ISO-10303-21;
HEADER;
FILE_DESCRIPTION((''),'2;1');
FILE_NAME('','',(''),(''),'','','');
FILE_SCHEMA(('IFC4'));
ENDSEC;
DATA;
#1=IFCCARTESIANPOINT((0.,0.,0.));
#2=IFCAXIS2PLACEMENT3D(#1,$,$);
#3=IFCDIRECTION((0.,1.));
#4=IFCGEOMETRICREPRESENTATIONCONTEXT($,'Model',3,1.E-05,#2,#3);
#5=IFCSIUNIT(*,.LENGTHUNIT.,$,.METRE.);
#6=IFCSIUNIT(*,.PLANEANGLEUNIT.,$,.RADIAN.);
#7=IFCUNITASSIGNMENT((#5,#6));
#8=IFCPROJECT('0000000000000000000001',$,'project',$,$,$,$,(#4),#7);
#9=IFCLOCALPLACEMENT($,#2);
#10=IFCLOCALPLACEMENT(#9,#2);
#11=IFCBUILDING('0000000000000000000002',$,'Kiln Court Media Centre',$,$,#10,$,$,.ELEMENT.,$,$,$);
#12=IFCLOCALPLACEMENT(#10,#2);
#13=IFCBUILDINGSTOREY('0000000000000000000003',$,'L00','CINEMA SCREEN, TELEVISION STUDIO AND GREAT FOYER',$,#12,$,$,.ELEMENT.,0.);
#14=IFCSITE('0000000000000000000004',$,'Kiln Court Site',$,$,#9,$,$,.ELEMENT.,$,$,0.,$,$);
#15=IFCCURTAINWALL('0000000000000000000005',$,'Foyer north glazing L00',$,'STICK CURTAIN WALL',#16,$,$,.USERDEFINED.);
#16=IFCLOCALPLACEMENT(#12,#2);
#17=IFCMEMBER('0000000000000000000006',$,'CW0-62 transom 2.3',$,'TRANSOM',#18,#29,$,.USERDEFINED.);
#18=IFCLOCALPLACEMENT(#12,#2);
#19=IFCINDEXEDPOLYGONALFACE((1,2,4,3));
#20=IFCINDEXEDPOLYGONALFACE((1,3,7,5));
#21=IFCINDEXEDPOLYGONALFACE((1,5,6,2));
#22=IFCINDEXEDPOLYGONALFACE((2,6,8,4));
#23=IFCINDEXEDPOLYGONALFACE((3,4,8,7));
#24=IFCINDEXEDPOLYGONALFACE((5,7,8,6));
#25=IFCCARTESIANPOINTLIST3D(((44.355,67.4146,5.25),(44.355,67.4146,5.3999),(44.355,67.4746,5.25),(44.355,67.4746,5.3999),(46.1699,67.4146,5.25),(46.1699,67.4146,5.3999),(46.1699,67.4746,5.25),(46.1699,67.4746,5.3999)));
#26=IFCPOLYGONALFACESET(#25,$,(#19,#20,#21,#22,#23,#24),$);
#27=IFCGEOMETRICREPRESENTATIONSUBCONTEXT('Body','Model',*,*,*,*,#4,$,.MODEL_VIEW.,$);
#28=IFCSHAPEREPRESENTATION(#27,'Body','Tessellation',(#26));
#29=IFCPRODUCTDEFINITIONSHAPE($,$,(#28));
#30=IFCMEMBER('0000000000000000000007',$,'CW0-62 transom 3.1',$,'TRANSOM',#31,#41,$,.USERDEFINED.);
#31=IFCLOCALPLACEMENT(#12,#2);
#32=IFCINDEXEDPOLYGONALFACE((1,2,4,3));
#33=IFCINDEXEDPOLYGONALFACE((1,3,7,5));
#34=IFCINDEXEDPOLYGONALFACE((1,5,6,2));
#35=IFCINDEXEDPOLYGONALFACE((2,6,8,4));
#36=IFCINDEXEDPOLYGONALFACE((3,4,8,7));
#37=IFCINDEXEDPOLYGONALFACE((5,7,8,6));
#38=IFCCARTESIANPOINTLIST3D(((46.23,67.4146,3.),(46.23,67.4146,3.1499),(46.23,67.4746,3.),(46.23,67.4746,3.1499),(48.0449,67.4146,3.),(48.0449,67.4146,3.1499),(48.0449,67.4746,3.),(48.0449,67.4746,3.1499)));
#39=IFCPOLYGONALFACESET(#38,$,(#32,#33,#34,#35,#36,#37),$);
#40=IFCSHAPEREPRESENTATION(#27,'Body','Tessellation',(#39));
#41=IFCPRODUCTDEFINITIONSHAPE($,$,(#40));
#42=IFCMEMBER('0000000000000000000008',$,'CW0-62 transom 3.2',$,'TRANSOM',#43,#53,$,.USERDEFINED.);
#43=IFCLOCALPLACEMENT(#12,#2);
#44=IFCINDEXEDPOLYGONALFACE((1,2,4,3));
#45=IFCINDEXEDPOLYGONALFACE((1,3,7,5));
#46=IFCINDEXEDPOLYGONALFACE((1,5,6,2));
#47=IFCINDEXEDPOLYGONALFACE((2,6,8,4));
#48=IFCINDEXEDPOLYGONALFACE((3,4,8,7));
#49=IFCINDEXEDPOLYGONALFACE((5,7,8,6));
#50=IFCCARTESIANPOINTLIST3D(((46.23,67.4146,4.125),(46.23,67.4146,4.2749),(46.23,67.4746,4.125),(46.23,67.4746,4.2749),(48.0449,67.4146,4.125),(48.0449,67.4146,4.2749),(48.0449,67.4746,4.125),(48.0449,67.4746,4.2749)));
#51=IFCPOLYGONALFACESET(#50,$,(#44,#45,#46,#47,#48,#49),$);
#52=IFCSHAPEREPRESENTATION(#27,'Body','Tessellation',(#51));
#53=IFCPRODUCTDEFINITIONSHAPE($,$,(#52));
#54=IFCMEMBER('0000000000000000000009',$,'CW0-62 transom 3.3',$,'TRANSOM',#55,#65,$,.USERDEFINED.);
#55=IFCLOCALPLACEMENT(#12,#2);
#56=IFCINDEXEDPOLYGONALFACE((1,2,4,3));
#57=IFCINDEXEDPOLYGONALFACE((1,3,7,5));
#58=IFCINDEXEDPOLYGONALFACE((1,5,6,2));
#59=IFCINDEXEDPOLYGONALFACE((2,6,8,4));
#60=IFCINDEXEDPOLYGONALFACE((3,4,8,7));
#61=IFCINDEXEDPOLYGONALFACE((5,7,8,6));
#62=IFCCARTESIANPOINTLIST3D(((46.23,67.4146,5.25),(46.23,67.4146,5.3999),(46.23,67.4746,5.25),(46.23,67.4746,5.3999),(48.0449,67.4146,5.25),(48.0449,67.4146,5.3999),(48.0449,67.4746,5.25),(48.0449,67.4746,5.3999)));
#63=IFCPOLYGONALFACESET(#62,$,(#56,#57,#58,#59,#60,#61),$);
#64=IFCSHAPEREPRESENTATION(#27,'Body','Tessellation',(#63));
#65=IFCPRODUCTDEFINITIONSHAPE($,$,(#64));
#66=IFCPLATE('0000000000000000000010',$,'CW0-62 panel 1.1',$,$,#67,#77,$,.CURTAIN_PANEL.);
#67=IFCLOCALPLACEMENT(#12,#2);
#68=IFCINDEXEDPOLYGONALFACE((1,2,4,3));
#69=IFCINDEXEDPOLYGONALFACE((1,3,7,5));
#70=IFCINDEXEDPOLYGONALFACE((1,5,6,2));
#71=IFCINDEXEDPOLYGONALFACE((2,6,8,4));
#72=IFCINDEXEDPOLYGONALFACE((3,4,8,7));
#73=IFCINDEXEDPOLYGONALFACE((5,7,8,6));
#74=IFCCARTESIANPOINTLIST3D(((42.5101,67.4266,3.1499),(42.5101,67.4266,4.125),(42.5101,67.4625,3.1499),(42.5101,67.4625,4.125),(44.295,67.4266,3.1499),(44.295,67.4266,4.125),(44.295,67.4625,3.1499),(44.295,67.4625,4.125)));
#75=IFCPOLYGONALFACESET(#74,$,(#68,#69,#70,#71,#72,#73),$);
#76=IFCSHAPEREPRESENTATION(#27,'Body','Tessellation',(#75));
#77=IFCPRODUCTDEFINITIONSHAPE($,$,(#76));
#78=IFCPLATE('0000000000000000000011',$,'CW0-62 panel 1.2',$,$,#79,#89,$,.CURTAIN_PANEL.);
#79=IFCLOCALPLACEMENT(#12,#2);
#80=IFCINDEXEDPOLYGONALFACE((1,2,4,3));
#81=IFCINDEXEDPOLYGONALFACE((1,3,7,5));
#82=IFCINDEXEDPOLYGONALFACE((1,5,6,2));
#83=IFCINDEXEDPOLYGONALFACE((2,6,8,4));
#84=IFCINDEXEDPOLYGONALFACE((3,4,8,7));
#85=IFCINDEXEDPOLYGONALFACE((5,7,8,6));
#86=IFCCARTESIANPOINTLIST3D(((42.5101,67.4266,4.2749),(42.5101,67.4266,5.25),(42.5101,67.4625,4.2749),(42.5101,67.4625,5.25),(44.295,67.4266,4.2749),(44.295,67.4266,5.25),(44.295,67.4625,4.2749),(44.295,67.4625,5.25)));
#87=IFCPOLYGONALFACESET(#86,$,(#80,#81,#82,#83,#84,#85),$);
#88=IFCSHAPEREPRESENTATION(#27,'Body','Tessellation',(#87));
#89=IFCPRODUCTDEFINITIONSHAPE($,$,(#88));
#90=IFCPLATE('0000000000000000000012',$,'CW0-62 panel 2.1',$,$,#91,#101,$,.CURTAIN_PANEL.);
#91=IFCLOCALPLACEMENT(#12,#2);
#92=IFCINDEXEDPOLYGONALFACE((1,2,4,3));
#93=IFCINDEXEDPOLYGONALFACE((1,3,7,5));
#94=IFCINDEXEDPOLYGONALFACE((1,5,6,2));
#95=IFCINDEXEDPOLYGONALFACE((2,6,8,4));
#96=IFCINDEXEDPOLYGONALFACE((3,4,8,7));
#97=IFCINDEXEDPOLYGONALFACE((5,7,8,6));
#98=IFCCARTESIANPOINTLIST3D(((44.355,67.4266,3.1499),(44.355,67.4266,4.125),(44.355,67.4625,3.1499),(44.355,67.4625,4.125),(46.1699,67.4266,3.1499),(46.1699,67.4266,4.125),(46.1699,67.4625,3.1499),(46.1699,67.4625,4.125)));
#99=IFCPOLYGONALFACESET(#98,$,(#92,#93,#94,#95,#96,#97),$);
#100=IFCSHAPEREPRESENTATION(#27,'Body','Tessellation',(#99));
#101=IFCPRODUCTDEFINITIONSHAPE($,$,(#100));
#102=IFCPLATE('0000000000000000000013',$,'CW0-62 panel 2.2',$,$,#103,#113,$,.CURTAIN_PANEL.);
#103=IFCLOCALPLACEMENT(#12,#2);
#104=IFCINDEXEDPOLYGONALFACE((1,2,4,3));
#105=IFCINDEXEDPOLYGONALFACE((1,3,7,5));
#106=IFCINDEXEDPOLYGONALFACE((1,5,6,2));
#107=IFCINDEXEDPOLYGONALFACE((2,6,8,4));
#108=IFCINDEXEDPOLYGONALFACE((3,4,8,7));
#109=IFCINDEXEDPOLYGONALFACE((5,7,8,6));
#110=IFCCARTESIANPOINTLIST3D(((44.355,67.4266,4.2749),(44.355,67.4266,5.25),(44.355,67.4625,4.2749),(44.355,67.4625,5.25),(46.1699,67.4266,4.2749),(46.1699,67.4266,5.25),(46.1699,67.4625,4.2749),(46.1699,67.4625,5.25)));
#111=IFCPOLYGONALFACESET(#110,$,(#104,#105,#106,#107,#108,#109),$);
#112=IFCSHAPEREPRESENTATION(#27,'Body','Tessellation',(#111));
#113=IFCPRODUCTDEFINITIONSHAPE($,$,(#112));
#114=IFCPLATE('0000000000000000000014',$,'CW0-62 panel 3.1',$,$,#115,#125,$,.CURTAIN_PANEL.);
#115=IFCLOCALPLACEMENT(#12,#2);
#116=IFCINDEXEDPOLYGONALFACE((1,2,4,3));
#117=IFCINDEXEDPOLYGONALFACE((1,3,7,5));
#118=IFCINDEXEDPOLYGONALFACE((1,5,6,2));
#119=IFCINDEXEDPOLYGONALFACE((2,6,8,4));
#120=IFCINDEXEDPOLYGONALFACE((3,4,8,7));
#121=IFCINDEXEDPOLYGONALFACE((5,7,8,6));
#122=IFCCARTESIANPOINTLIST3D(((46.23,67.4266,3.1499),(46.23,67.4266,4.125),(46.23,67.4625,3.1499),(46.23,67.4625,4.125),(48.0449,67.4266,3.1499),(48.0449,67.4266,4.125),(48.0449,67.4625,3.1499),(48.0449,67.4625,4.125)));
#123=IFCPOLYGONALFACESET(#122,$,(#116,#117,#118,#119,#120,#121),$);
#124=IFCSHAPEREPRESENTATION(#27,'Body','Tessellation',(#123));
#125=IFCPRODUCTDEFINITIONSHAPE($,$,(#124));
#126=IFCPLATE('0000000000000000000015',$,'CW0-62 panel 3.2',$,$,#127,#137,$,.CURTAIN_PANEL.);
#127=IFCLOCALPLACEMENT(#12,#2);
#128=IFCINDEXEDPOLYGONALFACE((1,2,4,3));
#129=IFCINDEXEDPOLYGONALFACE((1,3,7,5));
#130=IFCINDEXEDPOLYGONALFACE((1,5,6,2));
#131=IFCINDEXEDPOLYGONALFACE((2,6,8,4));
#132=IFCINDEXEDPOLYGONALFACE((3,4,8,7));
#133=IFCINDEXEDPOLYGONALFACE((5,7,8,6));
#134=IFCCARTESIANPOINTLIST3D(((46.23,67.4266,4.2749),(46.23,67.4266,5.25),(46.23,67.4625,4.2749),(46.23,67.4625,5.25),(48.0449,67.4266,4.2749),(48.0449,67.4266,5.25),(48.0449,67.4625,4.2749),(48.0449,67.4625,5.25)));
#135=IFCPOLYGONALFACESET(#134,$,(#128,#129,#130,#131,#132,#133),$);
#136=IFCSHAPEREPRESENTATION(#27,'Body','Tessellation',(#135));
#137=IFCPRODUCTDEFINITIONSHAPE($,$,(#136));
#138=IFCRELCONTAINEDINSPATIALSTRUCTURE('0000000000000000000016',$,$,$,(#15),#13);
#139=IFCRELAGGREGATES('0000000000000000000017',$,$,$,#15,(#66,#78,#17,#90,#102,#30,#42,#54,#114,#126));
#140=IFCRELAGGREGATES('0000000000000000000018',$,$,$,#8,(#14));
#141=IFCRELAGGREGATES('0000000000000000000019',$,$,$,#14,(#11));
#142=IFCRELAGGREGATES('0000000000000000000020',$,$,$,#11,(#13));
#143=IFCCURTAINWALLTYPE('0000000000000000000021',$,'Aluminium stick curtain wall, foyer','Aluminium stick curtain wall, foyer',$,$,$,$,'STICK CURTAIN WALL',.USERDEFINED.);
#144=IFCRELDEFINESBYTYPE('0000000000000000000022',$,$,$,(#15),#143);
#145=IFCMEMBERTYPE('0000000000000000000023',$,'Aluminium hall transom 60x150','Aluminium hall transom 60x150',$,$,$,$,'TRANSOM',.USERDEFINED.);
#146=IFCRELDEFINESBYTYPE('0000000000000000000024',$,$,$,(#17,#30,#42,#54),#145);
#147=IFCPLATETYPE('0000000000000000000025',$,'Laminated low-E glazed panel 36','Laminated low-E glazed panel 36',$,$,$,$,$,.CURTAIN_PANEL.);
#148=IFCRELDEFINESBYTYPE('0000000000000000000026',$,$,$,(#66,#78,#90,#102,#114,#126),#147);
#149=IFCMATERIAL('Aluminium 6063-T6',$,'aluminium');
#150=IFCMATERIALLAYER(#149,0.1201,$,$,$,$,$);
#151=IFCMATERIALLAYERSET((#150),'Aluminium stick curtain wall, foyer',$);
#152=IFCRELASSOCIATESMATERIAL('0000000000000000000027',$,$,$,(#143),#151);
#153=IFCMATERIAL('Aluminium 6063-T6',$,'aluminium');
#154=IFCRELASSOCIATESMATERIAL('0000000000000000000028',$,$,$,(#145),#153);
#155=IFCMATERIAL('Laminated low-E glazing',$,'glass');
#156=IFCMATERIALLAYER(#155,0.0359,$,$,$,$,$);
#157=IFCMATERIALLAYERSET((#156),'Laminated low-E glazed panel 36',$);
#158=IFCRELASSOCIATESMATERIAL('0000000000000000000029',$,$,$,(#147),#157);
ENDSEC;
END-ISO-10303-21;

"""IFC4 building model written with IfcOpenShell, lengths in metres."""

from ifc_helpers import new_model, si_unit, direction, frame, origin, origin_2d, place, context, subcontext, project, spatial, rectangle, extrude, material, layer, layer_set, material_profile, profile_set, type_object, element, aggregate, save


model = new_model("IFC4")

# Units and contexts
model_context = context("Model", 3, precision=1e-05, world=origin(), true_north=direction((0.0, 1.0)))
body_context = subcontext(model_context, "Body", "Model", "MODEL_VIEW")
ifc_project = project(units=[si_unit("LENGTHUNIT", "METRE"), si_unit("PLANEANGLEUNIT", "RADIAN")], contexts=[model_context])

# Site, building, storey
site_placement = place(None, origin())
site = spatial("IfcSite", under=ifc_project, at=site_placement, Name="Kiln Court Site", CompositionType="ELEMENT", RefElevation=0.0)
building_placement = place(site_placement, origin())
building = spatial("IfcBuilding", under=site, at=building_placement, Name="Kiln Court Media Centre", CompositionType="ELEMENT")
storey_placement = place(building_placement, origin())
storey = spatial("IfcBuildingStorey", under=building, at=storey_placement, Name="L00", Description="CINEMA SCREEN, TELEVISION STUDIO AND GREAT FOYER", CompositionType="ELEMENT", Elevation=0.0)

# Curtain wall, members, plates
ifc_material_1 = material(Name="Aluminium 6063-T6", Category="aluminium")
ifc_layer_1 = layer(ifc_material_1, 0.1201)
ifc_layer_set_1 = layer_set([ifc_layer_1], Name="Aluminium stick curtain wall, foyer")
curtain_wall_type = type_object("IfcCurtainWallType", Name="Aluminium stick curtain wall, foyer", Description="Aluminium stick curtain wall, foyer", ElementType="STICK CURTAIN WALL", PredefinedType="USERDEFINED", material=ifc_layer_set_1)
curtain_wall_placement = place(storey_placement, origin())
curtain_wall = element("IfcCurtainWall", 1, at=curtain_wall_placement, inside=storey, type_object=curtain_wall_type, Name="Foyer north glazing L00", ObjectType="STICK CURTAIN WALL", PredefinedType="USERDEFINED")
ifc_material_2 = material(Name="Aluminium 6063-T6", Category="aluminium")
ifc_material_profile_1 = material_profile(ifc_material_2, rectangle(XDim=0.0601, YDim=0.1499, at=origin_2d()), Name="Aluminium hall transom 60x150")
ifc_profile_set_1 = profile_set([ifc_material_profile_1], Name="Aluminium 6063-T6")
member_type_1 = type_object("IfcMemberType", Name="Aluminium hall transom 60x150", Description="Aluminium hall transom 60x150", ElementType="TRANSOM", PredefinedType="USERDEFINED", material=ifc_profile_set_1)
member_1_placement = place(storey_placement, frame((44.355, 67.4446, 5.325), z_axis=(1.0, 0.0, 0.0), x_axis=(0.0, 1.0, 0.0)))
member_1 = element("IfcMember", 2, at=member_1_placement, type_object=member_type_1, Name="CW0-62 transom 2.3", ObjectType="TRANSOM", PredefinedType="USERDEFINED", context=body_context, shape_type="SweptSolid", body=[
    extrude(rectangle(XDim=0.0601, YDim=0.1499, at=origin_2d()), origin(), (0.0, 0.0, 1.0), 1.8149),
])
member_2_placement = place(storey_placement, frame((46.23, 67.4446, 3.075), z_axis=(1.0, 0.0, 0.0), x_axis=(0.0, 1.0, 0.0)))
member_2 = element("IfcMember", 3, at=member_2_placement, type_object=member_type_1, Name="CW0-62 transom 3.1", ObjectType="TRANSOM", PredefinedType="USERDEFINED", context=body_context, shape_type="SweptSolid", body=[
    extrude(rectangle(XDim=0.0601, YDim=0.1499, at=origin_2d()), origin(), (0.0, 0.0, 1.0), 1.8149),
])
member_3_placement = place(storey_placement, frame((46.23, 67.4446, 4.2), z_axis=(1.0, 0.0, 0.0), x_axis=(0.0, 1.0, 0.0)))
member_3 = element("IfcMember", 4, at=member_3_placement, type_object=member_type_1, Name="CW0-62 transom 3.2", ObjectType="TRANSOM", PredefinedType="USERDEFINED", context=body_context, shape_type="SweptSolid", body=[
    extrude(rectangle(XDim=0.0601, YDim=0.1499, at=origin_2d()), origin(), (0.0, 0.0, 1.0), 1.8149),
])
member_4_placement = place(storey_placement, frame((46.23, 67.4446, 5.325), z_axis=(1.0, 0.0, 0.0), x_axis=(0.0, 1.0, 0.0)))
member_4 = element("IfcMember", 5, at=member_4_placement, type_object=member_type_1, Name="CW0-62 transom 3.3", ObjectType="TRANSOM", PredefinedType="USERDEFINED", context=body_context, shape_type="SweptSolid", body=[
    extrude(rectangle(XDim=0.0601, YDim=0.1499, at=origin_2d()), origin(), (0.0, 0.0, 1.0), 1.8149),
])
ifc_material_3 = material(Name="Laminated low-E glazing", Category="glass")
ifc_layer_2 = layer(ifc_material_3, 0.0359)
ifc_layer_set_2 = layer_set([ifc_layer_2], Name="Laminated low-E glazed panel 36")
plate_type = type_object("IfcPlateType", Name="Laminated low-E glazed panel 36", Description="Laminated low-E glazed panel 36", PredefinedType="CURTAIN_PANEL", material=ifc_layer_set_2)
plate_1_placement = place(storey_placement, frame((43.4026, 67.4446, 3.1499), z_axis=(0.0, 0.0, 1.0), x_axis=(1.0, 0.0, 0.0)))
plate_1 = element("IfcPlate", 6, at=plate_1_placement, type_object=plate_type, Name="CW0-62 panel 1.1", PredefinedType="CURTAIN_PANEL", context=body_context, shape_type="SweptSolid", body=[
    extrude(rectangle(XDim=1.7849, YDim=0.0359, at=origin_2d()), origin(), (0.0, 0.0, 1.0), 0.9751),
])
plate_2_placement = place(storey_placement, frame((43.4026, 67.4446, 4.2749), z_axis=(0.0, 0.0, 1.0), x_axis=(1.0, 0.0, 0.0)))
plate_2 = element("IfcPlate", 7, at=plate_2_placement, type_object=plate_type, Name="CW0-62 panel 1.2", PredefinedType="CURTAIN_PANEL", context=body_context, shape_type="SweptSolid", body=[
    extrude(rectangle(XDim=1.7849, YDim=0.0359, at=origin_2d()), origin(), (0.0, 0.0, 1.0), 0.9751),
])
plate_3_placement = place(storey_placement, frame((45.2625, 67.4446, 3.1499), z_axis=(0.0, 0.0, 1.0), x_axis=(1.0, 0.0, 0.0)))
plate_3 = element("IfcPlate", 8, at=plate_3_placement, type_object=plate_type, Name="CW0-62 panel 2.1", PredefinedType="CURTAIN_PANEL", context=body_context, shape_type="SweptSolid", body=[
    extrude(rectangle(XDim=1.8149, YDim=0.0359, at=origin_2d()), origin(), (0.0, 0.0, 1.0), 0.9751),
])
plate_4_placement = place(storey_placement, frame((45.2625, 67.4446, 4.2749), z_axis=(0.0, 0.0, 1.0), x_axis=(1.0, 0.0, 0.0)))
plate_4 = element("IfcPlate", 9, at=plate_4_placement, type_object=plate_type, Name="CW0-62 panel 2.2", PredefinedType="CURTAIN_PANEL", context=body_context, shape_type="SweptSolid", body=[
    extrude(rectangle(XDim=1.8149, YDim=0.0359, at=origin_2d()), origin(), (0.0, 0.0, 1.0), 0.9751),
])
plate_5_placement = place(storey_placement, frame((47.1375, 67.4446, 3.1499), z_axis=(0.0, 0.0, 1.0), x_axis=(1.0, 0.0, 0.0)))
plate_5 = element("IfcPlate", 10, at=plate_5_placement, type_object=plate_type, Name="CW0-62 panel 3.1", PredefinedType="CURTAIN_PANEL", context=body_context, shape_type="SweptSolid", body=[
    extrude(rectangle(XDim=1.8149, YDim=0.0359, at=origin_2d()), origin(), (0.0, 0.0, 1.0), 0.9751),
])
plate_6_placement = place(storey_placement, frame((47.1375, 67.4446, 4.2749), z_axis=(0.0, 0.0, 1.0), x_axis=(1.0, 0.0, 0.0)))
plate_6 = element("IfcPlate", 11, at=plate_6_placement, type_object=plate_type, Name="CW0-62 panel 3.2", PredefinedType="CURTAIN_PANEL", context=body_context, shape_type="SweptSolid", body=[
    extrude(rectangle(XDim=1.8149, YDim=0.0359, at=origin_2d()), origin(), (0.0, 0.0, 1.0), 0.9751),
])
aggregate(curtain_wall, [plate_1, plate_2, member_1, plate_3, plate_4, member_2, member_3, member_4, plate_5, plate_6])

save(model, "model.ifc")
